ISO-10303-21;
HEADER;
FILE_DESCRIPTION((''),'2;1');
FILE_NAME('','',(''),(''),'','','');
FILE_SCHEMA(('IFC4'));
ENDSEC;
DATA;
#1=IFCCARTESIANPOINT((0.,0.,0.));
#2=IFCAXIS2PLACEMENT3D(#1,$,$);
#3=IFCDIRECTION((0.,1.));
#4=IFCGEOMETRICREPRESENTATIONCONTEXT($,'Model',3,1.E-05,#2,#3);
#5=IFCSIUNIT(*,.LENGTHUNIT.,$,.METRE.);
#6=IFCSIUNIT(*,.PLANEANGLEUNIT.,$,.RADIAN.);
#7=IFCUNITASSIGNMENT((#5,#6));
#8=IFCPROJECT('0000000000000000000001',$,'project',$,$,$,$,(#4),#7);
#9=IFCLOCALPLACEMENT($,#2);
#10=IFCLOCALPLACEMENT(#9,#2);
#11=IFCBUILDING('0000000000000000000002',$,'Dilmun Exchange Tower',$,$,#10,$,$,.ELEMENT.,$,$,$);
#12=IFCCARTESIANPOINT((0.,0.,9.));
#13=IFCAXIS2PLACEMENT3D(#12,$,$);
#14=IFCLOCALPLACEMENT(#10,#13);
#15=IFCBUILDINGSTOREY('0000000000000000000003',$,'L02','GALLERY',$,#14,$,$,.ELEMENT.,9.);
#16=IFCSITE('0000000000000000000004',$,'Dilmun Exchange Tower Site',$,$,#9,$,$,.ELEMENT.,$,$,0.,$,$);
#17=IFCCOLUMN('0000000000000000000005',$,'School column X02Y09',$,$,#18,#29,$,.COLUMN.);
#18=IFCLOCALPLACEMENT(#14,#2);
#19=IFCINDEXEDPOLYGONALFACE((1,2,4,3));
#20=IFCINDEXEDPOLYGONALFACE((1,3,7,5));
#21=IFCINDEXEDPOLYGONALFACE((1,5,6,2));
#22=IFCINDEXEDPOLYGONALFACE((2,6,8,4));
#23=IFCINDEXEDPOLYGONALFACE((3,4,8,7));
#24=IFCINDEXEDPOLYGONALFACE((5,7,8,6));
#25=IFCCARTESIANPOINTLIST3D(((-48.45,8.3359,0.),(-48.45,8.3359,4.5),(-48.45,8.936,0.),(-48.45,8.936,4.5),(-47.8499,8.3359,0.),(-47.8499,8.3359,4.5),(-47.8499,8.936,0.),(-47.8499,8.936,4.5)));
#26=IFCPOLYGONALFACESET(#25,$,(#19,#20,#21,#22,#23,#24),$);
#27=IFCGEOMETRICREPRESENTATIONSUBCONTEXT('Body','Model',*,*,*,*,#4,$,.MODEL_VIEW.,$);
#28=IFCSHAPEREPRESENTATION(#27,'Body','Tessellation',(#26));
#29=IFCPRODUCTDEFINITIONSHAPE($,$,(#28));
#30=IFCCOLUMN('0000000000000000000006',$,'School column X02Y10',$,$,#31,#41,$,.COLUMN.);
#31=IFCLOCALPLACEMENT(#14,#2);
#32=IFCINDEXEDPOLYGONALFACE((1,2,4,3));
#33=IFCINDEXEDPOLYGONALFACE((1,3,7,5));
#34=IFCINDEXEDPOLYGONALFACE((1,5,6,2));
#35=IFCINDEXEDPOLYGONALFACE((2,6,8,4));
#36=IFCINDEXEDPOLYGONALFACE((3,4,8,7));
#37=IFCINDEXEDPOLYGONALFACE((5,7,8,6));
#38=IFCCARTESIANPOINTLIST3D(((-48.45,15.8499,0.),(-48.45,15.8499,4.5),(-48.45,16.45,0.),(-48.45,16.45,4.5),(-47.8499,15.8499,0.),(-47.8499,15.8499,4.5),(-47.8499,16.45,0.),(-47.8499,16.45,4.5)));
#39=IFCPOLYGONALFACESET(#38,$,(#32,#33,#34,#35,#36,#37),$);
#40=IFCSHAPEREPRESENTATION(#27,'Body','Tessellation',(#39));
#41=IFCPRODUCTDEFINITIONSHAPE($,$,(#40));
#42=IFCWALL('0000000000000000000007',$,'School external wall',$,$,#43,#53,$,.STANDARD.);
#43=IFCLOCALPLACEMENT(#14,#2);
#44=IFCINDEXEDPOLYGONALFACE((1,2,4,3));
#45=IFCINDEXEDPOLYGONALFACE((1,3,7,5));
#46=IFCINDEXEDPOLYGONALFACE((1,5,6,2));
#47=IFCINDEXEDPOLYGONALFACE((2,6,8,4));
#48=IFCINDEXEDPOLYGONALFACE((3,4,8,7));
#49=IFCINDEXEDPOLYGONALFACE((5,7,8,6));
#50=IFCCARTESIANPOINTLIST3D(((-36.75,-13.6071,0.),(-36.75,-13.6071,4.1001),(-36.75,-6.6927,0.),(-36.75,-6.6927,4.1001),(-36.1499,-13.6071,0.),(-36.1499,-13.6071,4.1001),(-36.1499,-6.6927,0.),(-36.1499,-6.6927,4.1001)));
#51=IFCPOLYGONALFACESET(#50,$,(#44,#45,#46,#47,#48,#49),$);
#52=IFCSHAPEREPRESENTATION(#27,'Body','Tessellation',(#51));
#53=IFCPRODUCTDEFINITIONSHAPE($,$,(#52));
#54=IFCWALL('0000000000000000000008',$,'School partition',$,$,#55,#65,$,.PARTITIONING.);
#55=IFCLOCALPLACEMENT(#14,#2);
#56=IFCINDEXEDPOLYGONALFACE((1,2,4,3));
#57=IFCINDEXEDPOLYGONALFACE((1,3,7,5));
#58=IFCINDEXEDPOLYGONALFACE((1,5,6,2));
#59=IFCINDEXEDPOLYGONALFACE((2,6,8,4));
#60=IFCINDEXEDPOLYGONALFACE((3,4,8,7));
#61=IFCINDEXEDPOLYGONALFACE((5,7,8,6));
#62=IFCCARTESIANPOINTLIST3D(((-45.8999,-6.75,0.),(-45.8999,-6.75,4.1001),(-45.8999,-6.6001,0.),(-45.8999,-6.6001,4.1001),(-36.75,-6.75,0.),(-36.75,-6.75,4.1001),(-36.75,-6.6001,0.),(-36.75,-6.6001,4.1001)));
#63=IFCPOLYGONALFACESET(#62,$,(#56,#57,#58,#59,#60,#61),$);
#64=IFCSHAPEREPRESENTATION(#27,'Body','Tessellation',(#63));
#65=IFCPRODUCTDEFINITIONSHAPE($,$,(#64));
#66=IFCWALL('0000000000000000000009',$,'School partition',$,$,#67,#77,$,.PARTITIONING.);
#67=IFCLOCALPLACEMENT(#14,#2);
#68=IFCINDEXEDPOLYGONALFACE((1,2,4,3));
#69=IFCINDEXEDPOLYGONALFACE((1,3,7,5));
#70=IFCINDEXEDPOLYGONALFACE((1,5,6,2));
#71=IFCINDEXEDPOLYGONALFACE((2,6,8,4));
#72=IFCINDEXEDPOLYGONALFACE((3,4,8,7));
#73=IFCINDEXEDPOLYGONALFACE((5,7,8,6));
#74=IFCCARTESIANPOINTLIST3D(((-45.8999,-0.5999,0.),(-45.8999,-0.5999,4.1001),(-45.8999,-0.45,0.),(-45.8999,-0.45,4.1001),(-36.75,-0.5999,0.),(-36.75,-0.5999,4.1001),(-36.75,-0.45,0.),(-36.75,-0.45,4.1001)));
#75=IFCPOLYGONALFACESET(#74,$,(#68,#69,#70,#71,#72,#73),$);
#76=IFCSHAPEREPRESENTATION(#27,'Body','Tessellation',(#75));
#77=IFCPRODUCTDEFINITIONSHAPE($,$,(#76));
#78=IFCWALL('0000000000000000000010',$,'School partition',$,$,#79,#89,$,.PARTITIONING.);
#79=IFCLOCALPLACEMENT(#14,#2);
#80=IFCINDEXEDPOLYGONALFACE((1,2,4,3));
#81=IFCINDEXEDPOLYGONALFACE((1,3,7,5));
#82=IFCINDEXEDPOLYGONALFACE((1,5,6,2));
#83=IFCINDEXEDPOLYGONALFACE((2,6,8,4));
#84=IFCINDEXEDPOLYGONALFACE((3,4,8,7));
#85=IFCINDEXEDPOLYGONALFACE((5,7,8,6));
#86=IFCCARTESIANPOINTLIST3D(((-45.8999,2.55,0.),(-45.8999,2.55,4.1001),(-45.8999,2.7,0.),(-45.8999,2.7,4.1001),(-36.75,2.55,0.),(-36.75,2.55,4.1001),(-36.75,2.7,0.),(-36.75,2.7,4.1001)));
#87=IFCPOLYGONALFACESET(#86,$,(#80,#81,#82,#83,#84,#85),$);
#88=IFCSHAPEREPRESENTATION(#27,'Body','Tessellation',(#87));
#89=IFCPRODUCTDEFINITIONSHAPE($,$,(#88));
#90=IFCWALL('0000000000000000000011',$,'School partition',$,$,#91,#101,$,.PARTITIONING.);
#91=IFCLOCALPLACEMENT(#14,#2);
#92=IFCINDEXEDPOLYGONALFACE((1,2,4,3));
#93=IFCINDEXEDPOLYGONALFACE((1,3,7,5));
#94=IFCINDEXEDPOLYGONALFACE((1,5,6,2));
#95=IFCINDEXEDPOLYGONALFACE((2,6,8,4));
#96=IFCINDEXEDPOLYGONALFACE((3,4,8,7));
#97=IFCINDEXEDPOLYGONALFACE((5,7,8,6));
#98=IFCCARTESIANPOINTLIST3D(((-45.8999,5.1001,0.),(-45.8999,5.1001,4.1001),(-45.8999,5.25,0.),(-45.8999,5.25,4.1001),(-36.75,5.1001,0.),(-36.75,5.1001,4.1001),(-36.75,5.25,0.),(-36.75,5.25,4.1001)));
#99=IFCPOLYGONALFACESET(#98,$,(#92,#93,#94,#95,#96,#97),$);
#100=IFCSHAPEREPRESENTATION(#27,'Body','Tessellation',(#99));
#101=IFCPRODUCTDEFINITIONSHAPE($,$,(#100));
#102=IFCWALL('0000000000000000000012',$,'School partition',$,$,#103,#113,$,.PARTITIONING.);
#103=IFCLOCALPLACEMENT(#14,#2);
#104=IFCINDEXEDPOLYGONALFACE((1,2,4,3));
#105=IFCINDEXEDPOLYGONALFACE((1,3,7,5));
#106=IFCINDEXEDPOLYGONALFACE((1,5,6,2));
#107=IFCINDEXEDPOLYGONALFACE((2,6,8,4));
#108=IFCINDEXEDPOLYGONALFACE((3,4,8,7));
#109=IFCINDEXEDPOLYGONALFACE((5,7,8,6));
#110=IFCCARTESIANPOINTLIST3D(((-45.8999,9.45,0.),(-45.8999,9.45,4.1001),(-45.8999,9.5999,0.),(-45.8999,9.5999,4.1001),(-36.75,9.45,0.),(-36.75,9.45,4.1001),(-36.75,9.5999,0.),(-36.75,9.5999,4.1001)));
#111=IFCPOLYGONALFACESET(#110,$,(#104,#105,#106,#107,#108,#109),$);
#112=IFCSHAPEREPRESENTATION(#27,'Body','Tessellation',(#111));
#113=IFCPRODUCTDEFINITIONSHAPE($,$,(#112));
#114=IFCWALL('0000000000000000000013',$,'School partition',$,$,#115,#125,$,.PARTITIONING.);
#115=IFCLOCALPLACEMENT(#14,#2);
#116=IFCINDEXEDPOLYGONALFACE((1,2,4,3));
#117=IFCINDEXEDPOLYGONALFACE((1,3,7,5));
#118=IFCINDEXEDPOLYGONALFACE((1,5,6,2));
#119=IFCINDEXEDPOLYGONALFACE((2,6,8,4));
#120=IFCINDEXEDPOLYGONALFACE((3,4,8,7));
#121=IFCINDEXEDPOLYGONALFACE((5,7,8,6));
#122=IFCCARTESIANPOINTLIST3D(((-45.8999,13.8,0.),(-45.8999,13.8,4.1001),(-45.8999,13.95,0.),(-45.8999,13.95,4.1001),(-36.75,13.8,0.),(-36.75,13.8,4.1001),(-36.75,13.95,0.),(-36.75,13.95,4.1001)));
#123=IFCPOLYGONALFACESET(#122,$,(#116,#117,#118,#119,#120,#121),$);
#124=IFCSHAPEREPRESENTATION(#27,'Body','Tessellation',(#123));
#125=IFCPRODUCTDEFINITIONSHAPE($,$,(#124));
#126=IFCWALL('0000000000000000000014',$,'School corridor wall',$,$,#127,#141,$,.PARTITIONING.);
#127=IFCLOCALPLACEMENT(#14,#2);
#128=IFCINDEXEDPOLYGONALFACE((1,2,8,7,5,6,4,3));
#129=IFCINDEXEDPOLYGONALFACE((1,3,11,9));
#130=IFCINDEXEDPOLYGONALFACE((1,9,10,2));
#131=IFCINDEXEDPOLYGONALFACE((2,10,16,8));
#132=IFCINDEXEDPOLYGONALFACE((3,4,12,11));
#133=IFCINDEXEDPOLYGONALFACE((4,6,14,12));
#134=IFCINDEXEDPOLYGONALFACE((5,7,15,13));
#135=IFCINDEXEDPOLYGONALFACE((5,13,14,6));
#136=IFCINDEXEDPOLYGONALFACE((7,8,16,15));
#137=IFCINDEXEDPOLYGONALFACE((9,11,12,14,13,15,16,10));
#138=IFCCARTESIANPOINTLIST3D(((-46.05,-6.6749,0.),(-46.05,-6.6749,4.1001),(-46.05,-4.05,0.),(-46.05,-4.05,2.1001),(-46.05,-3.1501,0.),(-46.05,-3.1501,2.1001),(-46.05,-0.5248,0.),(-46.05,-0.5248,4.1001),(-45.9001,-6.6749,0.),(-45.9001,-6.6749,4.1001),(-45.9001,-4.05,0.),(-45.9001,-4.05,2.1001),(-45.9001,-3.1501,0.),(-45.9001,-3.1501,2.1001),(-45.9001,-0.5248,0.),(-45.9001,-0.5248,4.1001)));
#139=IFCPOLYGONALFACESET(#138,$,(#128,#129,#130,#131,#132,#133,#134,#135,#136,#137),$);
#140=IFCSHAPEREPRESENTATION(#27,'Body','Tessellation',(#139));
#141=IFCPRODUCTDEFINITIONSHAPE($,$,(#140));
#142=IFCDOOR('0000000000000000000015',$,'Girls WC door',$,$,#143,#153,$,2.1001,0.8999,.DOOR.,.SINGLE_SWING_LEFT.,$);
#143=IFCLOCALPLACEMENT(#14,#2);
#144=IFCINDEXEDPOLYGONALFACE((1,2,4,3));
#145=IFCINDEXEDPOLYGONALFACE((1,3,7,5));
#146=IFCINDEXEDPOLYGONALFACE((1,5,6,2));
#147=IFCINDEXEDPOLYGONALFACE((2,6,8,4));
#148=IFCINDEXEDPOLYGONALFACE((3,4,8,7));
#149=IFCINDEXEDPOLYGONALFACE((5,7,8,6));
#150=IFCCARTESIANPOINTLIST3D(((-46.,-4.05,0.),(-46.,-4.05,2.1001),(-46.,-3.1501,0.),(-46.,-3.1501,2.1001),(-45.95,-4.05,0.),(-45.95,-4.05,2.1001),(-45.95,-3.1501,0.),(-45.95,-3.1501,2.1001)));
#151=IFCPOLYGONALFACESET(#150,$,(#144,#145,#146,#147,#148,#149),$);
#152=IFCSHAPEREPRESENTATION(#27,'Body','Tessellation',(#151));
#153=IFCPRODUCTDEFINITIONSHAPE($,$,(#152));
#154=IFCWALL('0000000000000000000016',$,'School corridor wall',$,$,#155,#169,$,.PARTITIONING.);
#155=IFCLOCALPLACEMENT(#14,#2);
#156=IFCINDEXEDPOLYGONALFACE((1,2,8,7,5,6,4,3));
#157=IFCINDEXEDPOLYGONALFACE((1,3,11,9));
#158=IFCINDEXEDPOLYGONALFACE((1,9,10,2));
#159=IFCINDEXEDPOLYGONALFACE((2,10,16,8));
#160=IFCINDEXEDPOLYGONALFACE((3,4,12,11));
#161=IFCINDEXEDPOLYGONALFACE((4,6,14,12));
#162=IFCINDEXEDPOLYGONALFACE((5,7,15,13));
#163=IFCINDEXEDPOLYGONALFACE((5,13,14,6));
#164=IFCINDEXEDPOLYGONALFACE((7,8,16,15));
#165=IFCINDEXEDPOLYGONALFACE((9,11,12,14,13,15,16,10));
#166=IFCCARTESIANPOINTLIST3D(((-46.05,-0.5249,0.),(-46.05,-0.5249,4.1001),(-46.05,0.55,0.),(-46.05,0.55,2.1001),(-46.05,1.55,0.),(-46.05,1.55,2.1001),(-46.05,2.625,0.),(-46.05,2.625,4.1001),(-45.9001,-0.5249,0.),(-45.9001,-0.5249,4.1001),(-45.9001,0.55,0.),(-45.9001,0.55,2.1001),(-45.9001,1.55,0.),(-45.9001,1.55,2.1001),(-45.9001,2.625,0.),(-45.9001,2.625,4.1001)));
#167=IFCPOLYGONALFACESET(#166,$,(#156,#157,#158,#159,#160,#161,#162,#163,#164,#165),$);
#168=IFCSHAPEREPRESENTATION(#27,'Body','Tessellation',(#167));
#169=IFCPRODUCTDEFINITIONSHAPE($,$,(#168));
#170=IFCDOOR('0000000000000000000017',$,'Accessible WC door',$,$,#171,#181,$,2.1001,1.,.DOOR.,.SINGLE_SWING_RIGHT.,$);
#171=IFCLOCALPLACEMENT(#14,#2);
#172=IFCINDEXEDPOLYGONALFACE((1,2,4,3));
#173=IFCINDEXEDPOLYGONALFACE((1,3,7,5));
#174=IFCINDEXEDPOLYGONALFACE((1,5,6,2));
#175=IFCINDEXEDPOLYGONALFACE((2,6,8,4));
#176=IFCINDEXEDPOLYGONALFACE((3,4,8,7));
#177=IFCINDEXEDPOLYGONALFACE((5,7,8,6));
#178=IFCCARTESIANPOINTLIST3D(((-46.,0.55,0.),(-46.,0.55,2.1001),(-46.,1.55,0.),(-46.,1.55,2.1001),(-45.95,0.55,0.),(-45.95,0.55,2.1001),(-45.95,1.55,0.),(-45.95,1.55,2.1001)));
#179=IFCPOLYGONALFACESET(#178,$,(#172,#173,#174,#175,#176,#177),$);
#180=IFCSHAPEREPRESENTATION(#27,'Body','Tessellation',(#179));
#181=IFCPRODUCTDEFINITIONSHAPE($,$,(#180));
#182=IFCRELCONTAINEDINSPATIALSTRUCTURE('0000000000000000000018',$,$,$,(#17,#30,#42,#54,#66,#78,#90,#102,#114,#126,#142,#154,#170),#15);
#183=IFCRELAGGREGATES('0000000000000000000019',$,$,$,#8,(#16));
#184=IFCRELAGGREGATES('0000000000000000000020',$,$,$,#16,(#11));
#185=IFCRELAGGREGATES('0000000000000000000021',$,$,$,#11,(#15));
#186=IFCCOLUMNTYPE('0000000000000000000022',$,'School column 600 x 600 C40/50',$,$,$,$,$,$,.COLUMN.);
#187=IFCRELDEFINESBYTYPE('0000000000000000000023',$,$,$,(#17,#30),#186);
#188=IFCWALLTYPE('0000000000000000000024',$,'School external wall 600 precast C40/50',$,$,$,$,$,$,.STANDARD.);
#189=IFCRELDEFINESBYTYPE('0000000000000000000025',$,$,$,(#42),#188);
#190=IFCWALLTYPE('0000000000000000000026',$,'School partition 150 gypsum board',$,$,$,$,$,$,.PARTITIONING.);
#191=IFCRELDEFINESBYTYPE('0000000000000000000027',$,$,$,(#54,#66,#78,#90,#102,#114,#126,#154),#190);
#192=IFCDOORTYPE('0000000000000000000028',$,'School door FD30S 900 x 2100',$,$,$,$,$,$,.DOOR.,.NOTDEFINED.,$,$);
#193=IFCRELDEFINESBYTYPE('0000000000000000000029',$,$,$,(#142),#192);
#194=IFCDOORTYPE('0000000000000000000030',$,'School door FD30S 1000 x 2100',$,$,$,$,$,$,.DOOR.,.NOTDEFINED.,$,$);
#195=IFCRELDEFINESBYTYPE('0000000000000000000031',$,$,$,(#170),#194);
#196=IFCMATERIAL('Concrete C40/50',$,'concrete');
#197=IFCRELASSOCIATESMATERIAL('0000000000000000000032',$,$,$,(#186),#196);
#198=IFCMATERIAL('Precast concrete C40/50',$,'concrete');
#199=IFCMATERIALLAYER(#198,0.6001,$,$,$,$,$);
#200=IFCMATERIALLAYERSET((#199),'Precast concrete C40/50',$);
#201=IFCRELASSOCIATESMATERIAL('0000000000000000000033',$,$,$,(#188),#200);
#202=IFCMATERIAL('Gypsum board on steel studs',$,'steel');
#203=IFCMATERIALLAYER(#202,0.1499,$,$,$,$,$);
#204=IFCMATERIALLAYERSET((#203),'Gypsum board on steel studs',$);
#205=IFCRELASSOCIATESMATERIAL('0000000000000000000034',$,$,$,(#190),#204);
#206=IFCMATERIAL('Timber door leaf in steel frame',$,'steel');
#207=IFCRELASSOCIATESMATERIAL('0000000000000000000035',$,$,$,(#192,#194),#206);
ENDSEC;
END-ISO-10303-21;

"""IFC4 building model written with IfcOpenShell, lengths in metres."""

from ifc_helpers import new_model, si_unit, direction, frame, frame_2d, origin, origin_2d, place, context, subcontext, project, spatial, rectangle, extrude, material, layer, layer_set, material_profile, profile_set, type_object, element, fill, save


model = new_model("IFC4")

# Units and contexts
model_context = context("Model", 3, precision=1e-05, world=origin(), true_north=direction((0.0, 1.0)))
body_context = subcontext(model_context, "Body", "Model", "MODEL_VIEW")
ifc_project = project(units=[si_unit("LENGTHUNIT", "METRE"), si_unit("PLANEANGLEUNIT", "RADIAN")], contexts=[model_context])

# Site, building, storey
site_placement = place(None, origin())
site = spatial("IfcSite", under=ifc_project, at=site_placement, Name="Dilmun Exchange Tower Site", CompositionType="ELEMENT", RefElevation=0.0)
building_placement = place(site_placement, origin())
building = spatial("IfcBuilding", under=site, at=building_placement, Name="Dilmun Exchange Tower", CompositionType="ELEMENT")
storey_placement = place(building_placement, frame((0.0, 0.0, 9.0)))
storey = spatial("IfcBuildingStorey", under=building, at=storey_placement, Name="L02", Description="GALLERY", CompositionType="ELEMENT", Elevation=9.0)

# Columns
ifc_material_1 = material(Name="Concrete C40/50", Category="concrete")
ifc_material_profile = material_profile(ifc_material_1, rectangle(XDim=0.6001, YDim=0.6001, at=origin_2d()), Name="600 x 600")
ifc_profile_set = profile_set([ifc_material_profile], Name="Concrete C40/50")
column_type = type_object("IfcColumnType", Name="School column 600 x 600 C40/50", PredefinedType="COLUMN", material=ifc_profile_set)
for number, where, z_axis, x_axis, name in (
    (1, (-48.1499, 8.636, 0.0), (0.0, 0.0, 1.0), (1.0, 0.0, 0.0), "School column X02Y09"),
    (2, (-48.1499, 16.1499, 0.0), (0.0, 0.0, 1.0), (1.0, 0.0, 0.0), "School column X02Y10"),
):
    element("IfcColumn", number, at=place(storey_placement, frame(where, z_axis=z_axis, x_axis=x_axis)), inside=storey, type_object=column_type, Name=name, PredefinedType="COLUMN", context=body_context, shape_type="SweptSolid", body=[
        extrude(rectangle(XDim=0.6001, YDim=0.6001, at=origin_2d()), origin(), (0.0, 0.0, 1.0), 4.5),
    ])

# Walls
ifc_material_2 = material(Name="Precast concrete C40/50", Category="concrete")
ifc_layer_1 = layer(ifc_material_2, 0.6001)
ifc_layer_set_1 = layer_set([ifc_layer_1], Name="Precast concrete C40/50")
wall_type_1 = type_object("IfcWallType", Name="School external wall 600 precast C40/50", PredefinedType="STANDARD", material=ifc_layer_set_1)
wall_1_placement = place(storey_placement, frame((-36.45, -6.6929, 0.0), z_axis=(0.0, 0.0, 1.0), x_axis=(0.0, -1.0, 0.0)))
element("IfcWall", 3, at=wall_1_placement, inside=storey, type_object=wall_type_1, Name="School external wall", PredefinedType="STANDARD", context=body_context, shape_type="SweptSolid", body=[
    extrude(rectangle(XDim=6.9143, YDim=0.6001, at=frame_2d((3.457, 0.0))), origin(), (0.0, 0.0, 1.0), 4.1001),
])
ifc_material_3 = material(Name="Gypsum board on steel studs", Category="steel")
ifc_layer_2 = layer(ifc_material_3, 0.1499)
ifc_layer_set_2 = layer_set([ifc_layer_2], Name="Gypsum board on steel studs")
wall_type_2 = type_object("IfcWallType", Name="School partition 150 gypsum board", PredefinedType="PARTITIONING", material=ifc_layer_set_2)
for number, where, z_axis, x_axis, name in (
    (4, (-45.8999, -6.675, 0.0), (0.0, 0.0, 1.0), (1.0, 0.0, 0.0), "School partition"),
    (5, (-45.8999, -0.5249, 0.0), (0.0, 0.0, 1.0), (1.0, 0.0, 0.0), "School partition"),
    (6, (-45.8999, 2.625, 0.0), (0.0, 0.0, 1.0), (1.0, 0.0, 0.0), "School partition"),
    (7, (-45.8999, 5.175, 0.0), (0.0, 0.0, 1.0), (1.0, 0.0, 0.0), "School partition"),
    (8, (-45.8999, 9.5249, 0.0), (0.0, 0.0, 1.0), (1.0, 0.0, 0.0), "School partition"),
    (9, (-45.8999, 13.875, 0.0), (0.0, 0.0, 1.0), (1.0, 0.0, 0.0), "School partition"),
):
    element("IfcWall", number, at=place(storey_placement, frame(where, z_axis=z_axis, x_axis=x_axis)), inside=storey, type_object=wall_type_2, Name=name, PredefinedType="PARTITIONING", context=body_context, shape_type="SweptSolid", body=[
        extrude(rectangle(XDim=9.1499, YDim=0.1499, at=frame_2d((4.575, 0.0))), origin(), (0.0, 0.0, 1.0), 4.1001),
    ])

# Walls, openings, doors
wall_2_placement = place(storey_placement, frame((-45.9751, -6.675, 0.0), z_axis=(0.0, 0.0, 1.0), x_axis=(0.0, 1.0, 0.0)))
wall_2 = element("IfcWall", 10, at=wall_2_placement, inside=storey, type_object=wall_type_2, Name="School corridor wall", PredefinedType="PARTITIONING", context=body_context, shape_type="SweptSolid", body=[
    extrude(rectangle(XDim=6.1501, YDim=0.1499, at=frame_2d((3.0752, 0.0))), origin(), (0.0, 0.0, 1.0), 4.1001),
])
opening_1_placement = place(wall_2_placement, frame((2.625, 0.0, 0.0)))
opening_1 = element("IfcOpeningElement", 11, at=opening_1_placement, cuts=wall_2, PredefinedType="OPENING", context=body_context, shape_type="SweptSolid", body=[
    extrude(rectangle(XDim=0.8999, YDim=2.1001, at=frame_2d((0.45, 1.05))), frame((0.0, 0.085, 0.0), z_axis=(0.0, -1.0, 0.0), x_axis=(1.0, 0.0, 0.0)), (0.0, 0.0, 1.0), 0.1699),
])
ifc_material_4 = material(Name="Timber door leaf in steel frame", Category="steel")
door_type_1 = type_object("IfcDoorType", Name="School door FD30S 900 x 2100", OperationType="NOTDEFINED", PredefinedType="DOOR", material=ifc_material_4)
door_1_placement = place(opening_1_placement, origin())
door_1 = element("IfcDoor", 12, at=door_1_placement, inside=storey, type_object=door_type_1, Name="Girls WC door", OperationType="SINGLE_SWING_LEFT", OverallHeight=2.1001, OverallWidth=0.8999, PredefinedType="DOOR", context=body_context, shape_type="SweptSolid", body=[
    extrude(rectangle(XDim=0.8999, YDim=2.1001, at=frame_2d((0.45, 1.05))), frame((0.0, 0.0249, 0.0), z_axis=(0.0, -1.0, 0.0), x_axis=(1.0, 0.0, 0.0)), (0.0, 0.0, 1.0), 0.05),
])
fill(opening_1, door_1)
wall_3_placement = place(storey_placement, frame((-45.9751, -0.5249, 0.0), z_axis=(0.0, 0.0, 1.0), x_axis=(0.0, 1.0, 0.0)))
wall_3 = element("IfcWall", 13, at=wall_3_placement, inside=storey, type_object=wall_type_2, Name="School corridor wall", PredefinedType="PARTITIONING", context=body_context, shape_type="SweptSolid", body=[
    extrude(rectangle(XDim=3.1499, YDim=0.1499, at=frame_2d((1.575, 0.0))), origin(), (0.0, 0.0, 1.0), 4.1001),
])
opening_2_placement = place(wall_3_placement, frame((1.075, 0.0, 0.0)))
opening_2 = element("IfcOpeningElement", 14, at=opening_2_placement, cuts=wall_3, PredefinedType="OPENING", context=body_context, shape_type="SweptSolid", body=[
    extrude(rectangle(XDim=1.0, YDim=2.1001, at=frame_2d((0.5, 1.05))), frame((0.0, 0.085, 0.0), z_axis=(0.0, -1.0, 0.0), x_axis=(1.0, 0.0, 0.0)), (0.0, 0.0, 1.0), 0.1699),
])
door_type_2 = type_object("IfcDoorType", Name="School door FD30S 1000 x 2100", OperationType="NOTDEFINED", PredefinedType="DOOR", material=ifc_material_4)
door_2_placement = place(opening_2_placement, origin())
door_2 = element("IfcDoor", 15, at=door_2_placement, inside=storey, type_object=door_type_2, Name="Accessible WC door", OperationType="SINGLE_SWING_RIGHT", OverallHeight=2.1001, OverallWidth=1.0, PredefinedType="DOOR", context=body_context, shape_type="SweptSolid", body=[
    extrude(rectangle(XDim=1.0, YDim=2.1001, at=frame_2d((0.5, 1.05))), frame((0.0, 0.0249, 0.0), z_axis=(0.0, -1.0, 0.0), x_axis=(1.0, 0.0, 0.0)), (0.0, 0.0, 1.0), 0.05),
])
fill(opening_2, door_2)

save(model, "model.ifc")
